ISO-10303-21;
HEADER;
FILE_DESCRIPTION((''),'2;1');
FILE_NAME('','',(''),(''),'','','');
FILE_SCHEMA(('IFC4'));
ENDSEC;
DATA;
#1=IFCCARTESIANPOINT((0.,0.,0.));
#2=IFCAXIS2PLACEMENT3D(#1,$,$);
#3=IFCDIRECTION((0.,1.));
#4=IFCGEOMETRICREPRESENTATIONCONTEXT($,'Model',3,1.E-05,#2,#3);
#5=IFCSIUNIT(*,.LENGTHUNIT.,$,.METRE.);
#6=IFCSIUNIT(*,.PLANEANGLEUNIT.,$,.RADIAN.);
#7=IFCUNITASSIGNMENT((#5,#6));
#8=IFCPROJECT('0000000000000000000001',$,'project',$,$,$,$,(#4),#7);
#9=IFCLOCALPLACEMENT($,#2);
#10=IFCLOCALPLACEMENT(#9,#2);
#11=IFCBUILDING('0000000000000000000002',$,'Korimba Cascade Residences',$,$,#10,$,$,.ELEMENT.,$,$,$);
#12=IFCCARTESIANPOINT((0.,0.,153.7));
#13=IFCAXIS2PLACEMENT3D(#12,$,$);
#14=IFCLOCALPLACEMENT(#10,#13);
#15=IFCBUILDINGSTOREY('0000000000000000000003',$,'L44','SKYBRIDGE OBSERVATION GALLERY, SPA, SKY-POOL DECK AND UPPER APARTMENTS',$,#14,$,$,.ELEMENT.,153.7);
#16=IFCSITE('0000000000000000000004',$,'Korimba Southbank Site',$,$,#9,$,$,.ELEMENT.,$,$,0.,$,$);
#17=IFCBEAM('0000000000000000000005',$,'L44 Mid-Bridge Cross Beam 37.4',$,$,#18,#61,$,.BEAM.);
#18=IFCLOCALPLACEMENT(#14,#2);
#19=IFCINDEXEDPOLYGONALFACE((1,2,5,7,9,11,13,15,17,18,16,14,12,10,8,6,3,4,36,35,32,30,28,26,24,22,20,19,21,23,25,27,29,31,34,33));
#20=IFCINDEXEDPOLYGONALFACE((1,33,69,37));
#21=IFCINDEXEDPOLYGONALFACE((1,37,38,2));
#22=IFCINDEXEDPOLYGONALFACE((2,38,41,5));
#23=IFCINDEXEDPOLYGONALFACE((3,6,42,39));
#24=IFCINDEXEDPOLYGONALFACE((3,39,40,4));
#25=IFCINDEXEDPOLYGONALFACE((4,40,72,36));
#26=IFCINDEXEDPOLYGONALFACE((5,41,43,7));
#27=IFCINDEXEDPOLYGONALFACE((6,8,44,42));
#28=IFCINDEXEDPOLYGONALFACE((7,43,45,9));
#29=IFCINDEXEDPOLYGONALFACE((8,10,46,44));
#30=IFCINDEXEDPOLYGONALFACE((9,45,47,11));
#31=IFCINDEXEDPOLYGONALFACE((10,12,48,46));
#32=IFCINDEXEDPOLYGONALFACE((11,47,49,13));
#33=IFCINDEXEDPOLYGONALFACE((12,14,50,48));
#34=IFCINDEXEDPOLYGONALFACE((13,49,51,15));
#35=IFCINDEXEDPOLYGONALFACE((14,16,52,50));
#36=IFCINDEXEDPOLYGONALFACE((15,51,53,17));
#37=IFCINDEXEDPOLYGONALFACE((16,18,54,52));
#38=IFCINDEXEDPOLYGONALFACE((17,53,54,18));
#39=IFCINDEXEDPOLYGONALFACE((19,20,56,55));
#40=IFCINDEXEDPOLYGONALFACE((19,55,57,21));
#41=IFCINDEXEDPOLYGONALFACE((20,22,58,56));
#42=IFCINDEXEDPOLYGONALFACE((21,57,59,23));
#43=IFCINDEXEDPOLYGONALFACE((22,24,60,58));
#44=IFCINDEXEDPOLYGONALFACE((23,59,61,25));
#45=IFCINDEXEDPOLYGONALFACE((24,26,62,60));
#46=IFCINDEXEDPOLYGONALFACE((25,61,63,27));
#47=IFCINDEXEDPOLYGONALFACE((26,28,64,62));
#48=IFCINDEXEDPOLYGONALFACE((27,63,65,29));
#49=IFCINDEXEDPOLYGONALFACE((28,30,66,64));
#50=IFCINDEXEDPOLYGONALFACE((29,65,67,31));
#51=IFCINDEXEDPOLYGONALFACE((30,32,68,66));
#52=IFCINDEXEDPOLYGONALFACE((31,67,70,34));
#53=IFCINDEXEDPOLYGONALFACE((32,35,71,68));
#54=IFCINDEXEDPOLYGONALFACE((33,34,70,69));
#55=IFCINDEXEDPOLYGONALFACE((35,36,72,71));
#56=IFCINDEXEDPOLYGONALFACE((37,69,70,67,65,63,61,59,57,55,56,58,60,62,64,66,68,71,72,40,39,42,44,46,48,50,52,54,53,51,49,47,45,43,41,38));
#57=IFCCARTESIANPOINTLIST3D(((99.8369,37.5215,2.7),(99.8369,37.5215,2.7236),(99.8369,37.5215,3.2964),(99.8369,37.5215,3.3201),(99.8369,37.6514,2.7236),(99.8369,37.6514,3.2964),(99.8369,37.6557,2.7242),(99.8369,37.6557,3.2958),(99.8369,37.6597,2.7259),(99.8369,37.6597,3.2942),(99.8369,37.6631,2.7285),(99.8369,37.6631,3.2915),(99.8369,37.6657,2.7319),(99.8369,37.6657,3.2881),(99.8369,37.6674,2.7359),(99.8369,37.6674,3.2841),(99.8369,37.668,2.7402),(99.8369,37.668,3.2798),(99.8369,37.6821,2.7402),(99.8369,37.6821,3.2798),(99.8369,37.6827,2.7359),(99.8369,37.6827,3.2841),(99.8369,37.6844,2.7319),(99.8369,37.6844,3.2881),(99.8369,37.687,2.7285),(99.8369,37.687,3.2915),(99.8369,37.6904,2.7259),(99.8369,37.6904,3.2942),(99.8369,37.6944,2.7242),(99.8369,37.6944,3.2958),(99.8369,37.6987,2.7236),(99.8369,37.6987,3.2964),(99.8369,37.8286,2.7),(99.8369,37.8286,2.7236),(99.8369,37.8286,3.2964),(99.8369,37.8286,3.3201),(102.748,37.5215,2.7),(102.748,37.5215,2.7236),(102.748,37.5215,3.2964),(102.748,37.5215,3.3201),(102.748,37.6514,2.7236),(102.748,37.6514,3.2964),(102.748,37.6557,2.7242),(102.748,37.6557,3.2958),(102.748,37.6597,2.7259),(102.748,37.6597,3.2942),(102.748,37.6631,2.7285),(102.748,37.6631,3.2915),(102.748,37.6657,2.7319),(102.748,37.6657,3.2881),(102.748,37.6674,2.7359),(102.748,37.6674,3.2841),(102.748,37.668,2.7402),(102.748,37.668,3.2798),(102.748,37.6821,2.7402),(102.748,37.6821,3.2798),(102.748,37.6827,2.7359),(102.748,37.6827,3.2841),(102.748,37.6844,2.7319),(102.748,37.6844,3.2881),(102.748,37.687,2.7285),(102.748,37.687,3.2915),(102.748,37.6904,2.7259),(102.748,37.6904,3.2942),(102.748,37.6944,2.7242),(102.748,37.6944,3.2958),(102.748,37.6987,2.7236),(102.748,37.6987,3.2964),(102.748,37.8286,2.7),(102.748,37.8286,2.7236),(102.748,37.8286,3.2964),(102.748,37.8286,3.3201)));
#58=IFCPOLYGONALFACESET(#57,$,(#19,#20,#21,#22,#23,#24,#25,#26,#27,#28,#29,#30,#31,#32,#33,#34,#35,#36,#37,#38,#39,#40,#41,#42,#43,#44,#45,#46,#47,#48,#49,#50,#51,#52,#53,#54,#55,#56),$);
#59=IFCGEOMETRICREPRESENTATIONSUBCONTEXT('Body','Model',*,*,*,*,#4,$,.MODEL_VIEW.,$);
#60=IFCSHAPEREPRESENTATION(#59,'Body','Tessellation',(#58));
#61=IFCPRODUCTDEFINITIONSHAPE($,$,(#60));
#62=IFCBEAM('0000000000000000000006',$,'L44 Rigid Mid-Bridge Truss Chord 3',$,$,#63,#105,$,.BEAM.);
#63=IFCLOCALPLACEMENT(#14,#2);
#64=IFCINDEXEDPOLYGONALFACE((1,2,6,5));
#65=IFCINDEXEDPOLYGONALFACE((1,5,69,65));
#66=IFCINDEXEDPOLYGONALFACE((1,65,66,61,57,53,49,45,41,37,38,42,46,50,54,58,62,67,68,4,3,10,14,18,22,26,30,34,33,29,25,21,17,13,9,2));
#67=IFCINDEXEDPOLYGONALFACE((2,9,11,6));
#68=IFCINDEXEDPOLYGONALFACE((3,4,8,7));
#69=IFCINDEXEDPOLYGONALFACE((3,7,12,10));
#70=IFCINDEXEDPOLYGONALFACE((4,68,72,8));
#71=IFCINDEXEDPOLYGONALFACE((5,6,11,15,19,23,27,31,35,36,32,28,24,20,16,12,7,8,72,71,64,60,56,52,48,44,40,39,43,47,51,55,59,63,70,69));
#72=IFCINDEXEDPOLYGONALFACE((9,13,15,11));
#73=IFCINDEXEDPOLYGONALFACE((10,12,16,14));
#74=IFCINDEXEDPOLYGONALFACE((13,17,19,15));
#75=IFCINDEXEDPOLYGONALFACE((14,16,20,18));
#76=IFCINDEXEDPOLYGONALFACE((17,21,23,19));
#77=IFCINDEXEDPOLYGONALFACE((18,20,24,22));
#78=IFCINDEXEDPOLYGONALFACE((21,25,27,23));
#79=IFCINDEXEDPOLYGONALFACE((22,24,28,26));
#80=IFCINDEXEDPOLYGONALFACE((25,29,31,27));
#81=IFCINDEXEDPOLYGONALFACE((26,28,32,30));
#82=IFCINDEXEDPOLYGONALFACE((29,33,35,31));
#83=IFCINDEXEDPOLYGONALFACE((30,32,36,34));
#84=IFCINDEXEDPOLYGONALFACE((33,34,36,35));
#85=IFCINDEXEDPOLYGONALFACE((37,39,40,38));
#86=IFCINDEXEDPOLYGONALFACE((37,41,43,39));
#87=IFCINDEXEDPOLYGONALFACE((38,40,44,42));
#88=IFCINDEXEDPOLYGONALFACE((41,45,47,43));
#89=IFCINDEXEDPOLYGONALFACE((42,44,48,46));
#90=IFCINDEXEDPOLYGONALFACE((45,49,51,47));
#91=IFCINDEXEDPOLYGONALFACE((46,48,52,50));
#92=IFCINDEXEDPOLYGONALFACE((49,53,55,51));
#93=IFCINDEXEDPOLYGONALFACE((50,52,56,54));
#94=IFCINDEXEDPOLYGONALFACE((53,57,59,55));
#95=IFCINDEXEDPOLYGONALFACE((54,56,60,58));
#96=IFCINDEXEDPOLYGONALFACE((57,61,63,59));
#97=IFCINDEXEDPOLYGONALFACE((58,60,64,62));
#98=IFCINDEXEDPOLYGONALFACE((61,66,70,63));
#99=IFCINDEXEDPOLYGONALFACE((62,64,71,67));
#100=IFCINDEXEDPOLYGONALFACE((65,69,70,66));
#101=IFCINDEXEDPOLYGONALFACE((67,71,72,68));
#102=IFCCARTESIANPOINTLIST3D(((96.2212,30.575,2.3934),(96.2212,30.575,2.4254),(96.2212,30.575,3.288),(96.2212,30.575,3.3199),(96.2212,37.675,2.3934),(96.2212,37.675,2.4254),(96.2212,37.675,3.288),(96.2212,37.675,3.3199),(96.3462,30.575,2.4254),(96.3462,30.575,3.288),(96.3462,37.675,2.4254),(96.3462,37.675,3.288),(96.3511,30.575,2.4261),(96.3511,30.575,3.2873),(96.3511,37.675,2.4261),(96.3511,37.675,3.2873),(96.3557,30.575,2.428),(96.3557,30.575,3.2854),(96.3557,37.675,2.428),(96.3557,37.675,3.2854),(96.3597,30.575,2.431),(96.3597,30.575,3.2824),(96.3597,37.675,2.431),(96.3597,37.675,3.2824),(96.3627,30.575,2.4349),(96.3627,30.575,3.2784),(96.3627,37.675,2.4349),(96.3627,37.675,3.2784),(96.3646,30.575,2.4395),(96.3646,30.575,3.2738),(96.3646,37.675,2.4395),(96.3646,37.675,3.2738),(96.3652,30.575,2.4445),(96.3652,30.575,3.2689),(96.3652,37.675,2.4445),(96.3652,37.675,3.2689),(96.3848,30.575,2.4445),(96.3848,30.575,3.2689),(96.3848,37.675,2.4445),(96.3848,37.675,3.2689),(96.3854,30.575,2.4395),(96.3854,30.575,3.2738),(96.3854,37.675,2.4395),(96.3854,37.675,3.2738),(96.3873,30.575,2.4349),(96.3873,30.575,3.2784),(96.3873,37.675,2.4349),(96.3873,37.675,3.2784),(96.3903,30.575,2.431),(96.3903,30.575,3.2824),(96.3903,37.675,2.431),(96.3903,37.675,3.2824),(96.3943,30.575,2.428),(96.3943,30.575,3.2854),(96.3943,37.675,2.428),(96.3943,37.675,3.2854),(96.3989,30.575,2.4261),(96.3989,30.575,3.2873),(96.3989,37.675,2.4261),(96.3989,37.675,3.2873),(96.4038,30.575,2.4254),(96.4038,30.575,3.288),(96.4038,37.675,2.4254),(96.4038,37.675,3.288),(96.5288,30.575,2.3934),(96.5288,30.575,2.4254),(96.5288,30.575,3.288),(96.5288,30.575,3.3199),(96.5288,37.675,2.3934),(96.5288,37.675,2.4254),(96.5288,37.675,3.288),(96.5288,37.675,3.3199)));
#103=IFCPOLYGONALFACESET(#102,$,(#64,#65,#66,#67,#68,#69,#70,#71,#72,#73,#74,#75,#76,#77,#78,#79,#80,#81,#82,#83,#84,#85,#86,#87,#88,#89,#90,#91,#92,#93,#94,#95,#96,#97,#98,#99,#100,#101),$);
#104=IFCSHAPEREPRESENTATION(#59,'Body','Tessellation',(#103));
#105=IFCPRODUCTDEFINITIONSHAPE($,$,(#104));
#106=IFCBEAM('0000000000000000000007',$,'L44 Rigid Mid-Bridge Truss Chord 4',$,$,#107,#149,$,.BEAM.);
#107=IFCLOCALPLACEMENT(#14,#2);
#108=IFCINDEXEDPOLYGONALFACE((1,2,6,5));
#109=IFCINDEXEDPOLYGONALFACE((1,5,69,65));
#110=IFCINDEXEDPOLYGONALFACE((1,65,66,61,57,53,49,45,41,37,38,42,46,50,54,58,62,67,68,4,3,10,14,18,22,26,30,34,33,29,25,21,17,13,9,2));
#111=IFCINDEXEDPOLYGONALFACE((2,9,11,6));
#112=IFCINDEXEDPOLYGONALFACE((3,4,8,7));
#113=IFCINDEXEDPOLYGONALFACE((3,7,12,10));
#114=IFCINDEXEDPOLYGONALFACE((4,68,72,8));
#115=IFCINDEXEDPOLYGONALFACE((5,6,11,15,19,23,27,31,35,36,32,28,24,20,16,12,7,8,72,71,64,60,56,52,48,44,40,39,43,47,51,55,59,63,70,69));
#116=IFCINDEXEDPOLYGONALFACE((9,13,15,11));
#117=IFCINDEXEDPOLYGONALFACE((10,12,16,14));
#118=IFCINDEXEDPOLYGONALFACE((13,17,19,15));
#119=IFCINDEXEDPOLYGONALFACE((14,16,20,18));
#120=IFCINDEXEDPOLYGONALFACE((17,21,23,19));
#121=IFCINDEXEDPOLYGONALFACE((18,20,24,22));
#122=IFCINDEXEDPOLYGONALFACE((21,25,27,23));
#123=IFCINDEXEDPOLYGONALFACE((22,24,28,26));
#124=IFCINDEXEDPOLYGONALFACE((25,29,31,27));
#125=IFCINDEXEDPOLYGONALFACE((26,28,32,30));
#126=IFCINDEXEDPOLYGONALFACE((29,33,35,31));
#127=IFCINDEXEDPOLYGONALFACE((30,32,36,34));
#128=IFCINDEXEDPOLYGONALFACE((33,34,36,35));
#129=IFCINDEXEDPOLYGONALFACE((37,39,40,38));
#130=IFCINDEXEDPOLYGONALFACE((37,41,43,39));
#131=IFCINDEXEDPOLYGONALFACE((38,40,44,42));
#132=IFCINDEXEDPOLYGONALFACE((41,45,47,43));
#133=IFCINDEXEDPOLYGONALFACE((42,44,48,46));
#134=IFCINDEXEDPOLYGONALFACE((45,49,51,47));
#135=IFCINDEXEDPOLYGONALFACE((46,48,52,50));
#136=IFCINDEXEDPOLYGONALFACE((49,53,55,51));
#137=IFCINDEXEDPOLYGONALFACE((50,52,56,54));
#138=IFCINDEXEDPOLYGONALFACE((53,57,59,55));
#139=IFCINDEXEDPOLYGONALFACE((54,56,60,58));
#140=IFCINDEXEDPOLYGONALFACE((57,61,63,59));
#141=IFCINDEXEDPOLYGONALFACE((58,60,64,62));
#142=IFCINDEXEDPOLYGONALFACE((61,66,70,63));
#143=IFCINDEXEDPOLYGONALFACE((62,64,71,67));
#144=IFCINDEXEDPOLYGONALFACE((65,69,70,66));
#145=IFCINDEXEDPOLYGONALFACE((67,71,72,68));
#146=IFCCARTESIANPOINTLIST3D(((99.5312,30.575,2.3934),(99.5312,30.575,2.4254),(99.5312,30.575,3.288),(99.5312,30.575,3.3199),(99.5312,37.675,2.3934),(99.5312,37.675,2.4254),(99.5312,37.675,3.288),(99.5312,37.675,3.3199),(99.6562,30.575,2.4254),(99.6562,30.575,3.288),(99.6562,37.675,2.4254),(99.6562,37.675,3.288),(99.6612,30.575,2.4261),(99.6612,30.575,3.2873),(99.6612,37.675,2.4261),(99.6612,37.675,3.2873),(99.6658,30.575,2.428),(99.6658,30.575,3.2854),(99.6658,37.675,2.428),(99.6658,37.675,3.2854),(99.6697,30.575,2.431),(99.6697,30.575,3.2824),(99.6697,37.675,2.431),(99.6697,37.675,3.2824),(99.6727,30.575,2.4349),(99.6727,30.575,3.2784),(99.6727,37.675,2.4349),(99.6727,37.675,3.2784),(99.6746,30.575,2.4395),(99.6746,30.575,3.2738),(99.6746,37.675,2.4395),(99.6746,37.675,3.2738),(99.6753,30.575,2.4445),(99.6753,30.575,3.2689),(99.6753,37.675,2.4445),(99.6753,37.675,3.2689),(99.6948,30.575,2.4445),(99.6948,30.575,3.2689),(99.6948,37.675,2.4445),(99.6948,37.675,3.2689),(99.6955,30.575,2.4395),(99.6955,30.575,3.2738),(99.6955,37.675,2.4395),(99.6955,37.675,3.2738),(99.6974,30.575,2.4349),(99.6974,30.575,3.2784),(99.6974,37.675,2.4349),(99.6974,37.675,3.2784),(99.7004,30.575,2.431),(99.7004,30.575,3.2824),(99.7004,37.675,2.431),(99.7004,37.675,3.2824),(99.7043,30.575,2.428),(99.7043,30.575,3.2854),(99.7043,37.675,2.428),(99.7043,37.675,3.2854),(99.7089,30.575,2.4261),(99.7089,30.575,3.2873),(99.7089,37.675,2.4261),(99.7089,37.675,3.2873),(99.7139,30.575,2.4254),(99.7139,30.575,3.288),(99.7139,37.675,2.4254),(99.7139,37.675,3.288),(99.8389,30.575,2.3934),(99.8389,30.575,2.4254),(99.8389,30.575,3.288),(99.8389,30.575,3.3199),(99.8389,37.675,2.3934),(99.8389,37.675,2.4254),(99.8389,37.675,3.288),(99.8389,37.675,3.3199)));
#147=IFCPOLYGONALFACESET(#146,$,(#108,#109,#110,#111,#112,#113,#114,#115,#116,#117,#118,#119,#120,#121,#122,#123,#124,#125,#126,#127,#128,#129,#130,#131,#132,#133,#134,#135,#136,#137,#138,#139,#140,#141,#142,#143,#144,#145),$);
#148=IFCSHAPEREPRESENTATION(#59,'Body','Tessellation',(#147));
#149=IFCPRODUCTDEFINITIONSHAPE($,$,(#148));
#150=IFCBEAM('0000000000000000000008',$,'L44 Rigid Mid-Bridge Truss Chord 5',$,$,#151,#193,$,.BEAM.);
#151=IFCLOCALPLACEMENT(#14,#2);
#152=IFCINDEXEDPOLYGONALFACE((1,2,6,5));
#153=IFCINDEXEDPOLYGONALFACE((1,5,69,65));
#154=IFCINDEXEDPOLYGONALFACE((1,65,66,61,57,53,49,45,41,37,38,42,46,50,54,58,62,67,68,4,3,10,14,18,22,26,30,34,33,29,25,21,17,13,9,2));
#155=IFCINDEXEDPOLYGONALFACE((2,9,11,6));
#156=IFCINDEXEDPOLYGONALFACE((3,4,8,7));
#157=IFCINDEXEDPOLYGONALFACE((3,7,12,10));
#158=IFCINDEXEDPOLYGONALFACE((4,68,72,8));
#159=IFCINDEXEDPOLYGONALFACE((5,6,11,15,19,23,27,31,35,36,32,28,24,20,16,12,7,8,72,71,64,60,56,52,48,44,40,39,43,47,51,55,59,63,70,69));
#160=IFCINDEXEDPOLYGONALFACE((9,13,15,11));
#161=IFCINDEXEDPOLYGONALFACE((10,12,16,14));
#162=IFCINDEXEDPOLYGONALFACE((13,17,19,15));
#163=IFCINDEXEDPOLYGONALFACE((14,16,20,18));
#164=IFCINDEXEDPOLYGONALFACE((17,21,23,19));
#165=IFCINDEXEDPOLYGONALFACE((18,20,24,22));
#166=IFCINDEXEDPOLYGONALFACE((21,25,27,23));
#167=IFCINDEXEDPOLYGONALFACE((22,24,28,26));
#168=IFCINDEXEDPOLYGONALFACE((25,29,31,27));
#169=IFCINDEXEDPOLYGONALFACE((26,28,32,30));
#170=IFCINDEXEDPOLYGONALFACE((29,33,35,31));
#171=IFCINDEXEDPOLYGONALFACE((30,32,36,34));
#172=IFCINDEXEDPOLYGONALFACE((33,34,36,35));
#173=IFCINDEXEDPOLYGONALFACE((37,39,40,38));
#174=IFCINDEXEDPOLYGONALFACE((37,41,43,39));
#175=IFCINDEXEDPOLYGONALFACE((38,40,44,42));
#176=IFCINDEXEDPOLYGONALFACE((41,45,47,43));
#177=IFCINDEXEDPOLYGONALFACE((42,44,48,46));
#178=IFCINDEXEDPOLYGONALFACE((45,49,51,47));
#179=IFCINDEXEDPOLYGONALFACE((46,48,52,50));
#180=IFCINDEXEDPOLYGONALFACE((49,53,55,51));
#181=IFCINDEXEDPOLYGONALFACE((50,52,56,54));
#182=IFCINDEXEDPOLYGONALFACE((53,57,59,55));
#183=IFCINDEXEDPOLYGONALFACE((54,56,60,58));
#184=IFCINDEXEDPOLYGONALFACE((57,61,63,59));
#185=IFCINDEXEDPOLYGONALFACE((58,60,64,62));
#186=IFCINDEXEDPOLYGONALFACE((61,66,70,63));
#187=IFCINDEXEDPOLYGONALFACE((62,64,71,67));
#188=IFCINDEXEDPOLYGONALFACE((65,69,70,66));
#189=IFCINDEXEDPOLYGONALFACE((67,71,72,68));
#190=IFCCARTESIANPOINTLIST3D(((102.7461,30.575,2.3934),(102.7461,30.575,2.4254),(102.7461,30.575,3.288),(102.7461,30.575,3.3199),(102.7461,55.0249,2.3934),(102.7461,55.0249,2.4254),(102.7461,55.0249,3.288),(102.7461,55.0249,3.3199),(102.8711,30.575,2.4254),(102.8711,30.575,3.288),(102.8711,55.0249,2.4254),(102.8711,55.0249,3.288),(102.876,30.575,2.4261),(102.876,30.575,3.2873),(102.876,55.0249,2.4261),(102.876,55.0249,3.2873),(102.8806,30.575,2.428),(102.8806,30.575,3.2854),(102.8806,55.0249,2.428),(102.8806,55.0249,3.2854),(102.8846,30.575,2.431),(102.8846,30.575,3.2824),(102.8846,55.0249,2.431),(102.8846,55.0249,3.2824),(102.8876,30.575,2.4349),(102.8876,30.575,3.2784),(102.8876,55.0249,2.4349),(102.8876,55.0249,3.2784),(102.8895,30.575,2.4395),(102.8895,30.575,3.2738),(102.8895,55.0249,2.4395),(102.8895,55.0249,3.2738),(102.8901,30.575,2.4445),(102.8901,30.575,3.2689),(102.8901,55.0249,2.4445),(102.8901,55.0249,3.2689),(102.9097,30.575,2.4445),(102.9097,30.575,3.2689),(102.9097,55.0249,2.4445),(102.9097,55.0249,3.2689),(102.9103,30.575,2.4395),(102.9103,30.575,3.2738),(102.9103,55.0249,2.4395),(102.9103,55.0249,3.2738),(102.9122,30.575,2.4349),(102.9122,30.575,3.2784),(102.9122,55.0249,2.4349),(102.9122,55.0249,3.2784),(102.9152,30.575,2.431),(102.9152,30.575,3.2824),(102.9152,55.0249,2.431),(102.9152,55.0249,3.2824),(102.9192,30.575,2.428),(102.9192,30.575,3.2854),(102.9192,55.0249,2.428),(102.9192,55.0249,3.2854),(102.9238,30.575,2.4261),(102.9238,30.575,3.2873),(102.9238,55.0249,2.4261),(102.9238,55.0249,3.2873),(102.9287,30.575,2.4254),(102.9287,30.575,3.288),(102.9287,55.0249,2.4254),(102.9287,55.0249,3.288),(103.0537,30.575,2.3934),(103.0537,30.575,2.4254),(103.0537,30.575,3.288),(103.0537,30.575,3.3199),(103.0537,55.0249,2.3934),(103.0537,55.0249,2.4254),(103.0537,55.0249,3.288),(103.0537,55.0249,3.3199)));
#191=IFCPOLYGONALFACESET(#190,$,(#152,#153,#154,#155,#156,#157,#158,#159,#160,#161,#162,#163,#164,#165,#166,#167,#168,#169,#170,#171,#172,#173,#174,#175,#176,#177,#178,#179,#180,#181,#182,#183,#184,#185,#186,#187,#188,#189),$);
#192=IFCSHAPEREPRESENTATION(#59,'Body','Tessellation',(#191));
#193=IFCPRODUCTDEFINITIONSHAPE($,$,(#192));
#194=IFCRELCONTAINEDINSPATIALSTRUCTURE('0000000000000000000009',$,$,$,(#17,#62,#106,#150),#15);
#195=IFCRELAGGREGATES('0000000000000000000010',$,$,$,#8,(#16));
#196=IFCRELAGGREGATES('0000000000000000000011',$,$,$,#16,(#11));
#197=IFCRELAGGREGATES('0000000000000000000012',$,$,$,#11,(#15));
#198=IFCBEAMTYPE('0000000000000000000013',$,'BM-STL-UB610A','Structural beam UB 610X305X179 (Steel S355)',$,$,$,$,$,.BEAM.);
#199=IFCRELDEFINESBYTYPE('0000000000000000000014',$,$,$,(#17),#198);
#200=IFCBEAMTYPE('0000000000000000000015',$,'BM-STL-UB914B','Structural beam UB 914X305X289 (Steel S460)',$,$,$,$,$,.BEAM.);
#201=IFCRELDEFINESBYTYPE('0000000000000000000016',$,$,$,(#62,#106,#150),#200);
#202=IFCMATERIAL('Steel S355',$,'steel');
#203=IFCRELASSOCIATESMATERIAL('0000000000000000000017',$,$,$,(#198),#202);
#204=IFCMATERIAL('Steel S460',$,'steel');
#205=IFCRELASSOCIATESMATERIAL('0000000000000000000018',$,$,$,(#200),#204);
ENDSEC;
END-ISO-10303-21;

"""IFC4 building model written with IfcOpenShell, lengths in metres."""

from ifc_helpers import new_model, si_unit, direction, frame, origin, origin_2d, place, context, subcontext, project, spatial, i_section, extrude, material, material_profile, profile_set, type_object, element, save


model = new_model("IFC4")

# Units and contexts
model_context = context("Model", 3, precision=1e-05, world=origin(), true_north=direction((0.0, 1.0)))
body_context = subcontext(model_context, "Body", "Model", "MODEL_VIEW")
ifc_project = project(units=[si_unit("LENGTHUNIT", "METRE"), si_unit("PLANEANGLEUNIT", "RADIAN")], contexts=[model_context])

# Site, building, storey
site_placement = place(None, origin())
site = spatial("IfcSite", under=ifc_project, at=site_placement, Name="Korimba Southbank Site", CompositionType="ELEMENT", RefElevation=0.0)
building_placement = place(site_placement, origin())
building = spatial("IfcBuilding", under=site, at=building_placement, Name="Korimba Cascade Residences", CompositionType="ELEMENT")
storey_placement = place(building_placement, frame((0.0, 0.0, 153.7)))
storey = spatial("IfcBuildingStorey", under=building, at=storey_placement, Name="L44", Description="SKYBRIDGE OBSERVATION GALLERY, SPA, SKY-POOL DECK AND UPPER APARTMENTS", CompositionType="ELEMENT", Elevation=153.7)

# Shared definitions
ifc_material_1 = material(Name="Steel S460", Category="steel")

# Beams
ifc_material_2 = material(Name="Steel S355", Category="steel")
ifc_material_profile_1 = material_profile(ifc_material_2, i_section(OverallWidth=0.3071, OverallDepth=0.6201, WebThickness=0.0142, FlangeThickness=0.0237, FilletRadius=0.0166, at=origin_2d()), Name="Steel S355")
ifc_profile_set_1 = profile_set([ifc_material_profile_1], Name="Steel S355")
beam_type_1 = type_object("IfcBeamType", Name="BM-STL-UB610A", Description="Structural beam UB 610X305X179 (Steel S355)", PredefinedType="BEAM", material=ifc_profile_set_1)
beam_1_placement = place(storey_placement, frame((99.8369, 37.675, 3.01), z_axis=(1.0, 0.0, 0.0), x_axis=(0.0, 1.0, 0.0)))
element("IfcBeam", 1, at=beam_1_placement, inside=storey, type_object=beam_type_1, Name="L44 Mid-Bridge Cross Beam 37.4", PredefinedType="BEAM", context=body_context, shape_type="SweptSolid", body=[
    extrude(i_section(OverallWidth=0.3071, OverallDepth=0.6201, WebThickness=0.0142, FlangeThickness=0.0237, FilletRadius=0.0166, at=origin_2d()), origin(), (0.0, 0.0, 1.0), 2.9111),
])
ifc_material_profile_2 = material_profile(ifc_material_1, i_section(OverallWidth=0.3076, OverallDepth=0.9265, WebThickness=0.0195, FlangeThickness=0.032, FilletRadius=0.019, at=origin_2d()), Name="Steel S460")
ifc_profile_set_2 = profile_set([ifc_material_profile_2], Name="Steel S460")
beam_type_2 = type_object("IfcBeamType", Name="BM-STL-UB914B", Description="Structural beam UB 914X305X289 (Steel S460)", PredefinedType="BEAM", material=ifc_profile_set_2)
for number, where, z_axis, x_axis, name in (
    (2, (96.375, 30.575, 2.8567), (0.0, 1.0, 0.0), (-1.0, 0.0, 0.0), "L44 Rigid Mid-Bridge Truss Chord 3"),
    (3, (99.6851, 30.575, 2.8567), (0.0, 1.0, 0.0), (-1.0, 0.0, 0.0), "L44 Rigid Mid-Bridge Truss Chord 4"),
):
    element("IfcBeam", number, at=place(storey_placement, frame(where, z_axis=z_axis, x_axis=x_axis)), inside=storey, type_object=beam_type_2, Name=name, PredefinedType="BEAM", context=body_context, shape_type="SweptSolid", body=[
        extrude(i_section(OverallWidth=0.3076, OverallDepth=0.9265, WebThickness=0.0195, FlangeThickness=0.032, FilletRadius=0.019, at=origin_2d()), origin(), (0.0, 0.0, 1.0), 7.1001),
    ])
beam_2_placement = place(storey_placement, frame((102.8999, 30.575, 2.8567), z_axis=(0.0, 1.0, 0.0), x_axis=(-1.0, 0.0, 0.0)))
element("IfcBeam", 4, at=beam_2_placement, inside=storey, type_object=beam_type_2, Name="L44 Rigid Mid-Bridge Truss Chord 5", PredefinedType="BEAM", context=body_context, shape_type="SweptSolid", body=[
    extrude(i_section(OverallWidth=0.3076, OverallDepth=0.9265, WebThickness=0.0195, FlangeThickness=0.032, FilletRadius=0.019, at=origin_2d()), origin(), (0.0, 0.0, 1.0), 24.45),
])

save(model, "model.ifc")
